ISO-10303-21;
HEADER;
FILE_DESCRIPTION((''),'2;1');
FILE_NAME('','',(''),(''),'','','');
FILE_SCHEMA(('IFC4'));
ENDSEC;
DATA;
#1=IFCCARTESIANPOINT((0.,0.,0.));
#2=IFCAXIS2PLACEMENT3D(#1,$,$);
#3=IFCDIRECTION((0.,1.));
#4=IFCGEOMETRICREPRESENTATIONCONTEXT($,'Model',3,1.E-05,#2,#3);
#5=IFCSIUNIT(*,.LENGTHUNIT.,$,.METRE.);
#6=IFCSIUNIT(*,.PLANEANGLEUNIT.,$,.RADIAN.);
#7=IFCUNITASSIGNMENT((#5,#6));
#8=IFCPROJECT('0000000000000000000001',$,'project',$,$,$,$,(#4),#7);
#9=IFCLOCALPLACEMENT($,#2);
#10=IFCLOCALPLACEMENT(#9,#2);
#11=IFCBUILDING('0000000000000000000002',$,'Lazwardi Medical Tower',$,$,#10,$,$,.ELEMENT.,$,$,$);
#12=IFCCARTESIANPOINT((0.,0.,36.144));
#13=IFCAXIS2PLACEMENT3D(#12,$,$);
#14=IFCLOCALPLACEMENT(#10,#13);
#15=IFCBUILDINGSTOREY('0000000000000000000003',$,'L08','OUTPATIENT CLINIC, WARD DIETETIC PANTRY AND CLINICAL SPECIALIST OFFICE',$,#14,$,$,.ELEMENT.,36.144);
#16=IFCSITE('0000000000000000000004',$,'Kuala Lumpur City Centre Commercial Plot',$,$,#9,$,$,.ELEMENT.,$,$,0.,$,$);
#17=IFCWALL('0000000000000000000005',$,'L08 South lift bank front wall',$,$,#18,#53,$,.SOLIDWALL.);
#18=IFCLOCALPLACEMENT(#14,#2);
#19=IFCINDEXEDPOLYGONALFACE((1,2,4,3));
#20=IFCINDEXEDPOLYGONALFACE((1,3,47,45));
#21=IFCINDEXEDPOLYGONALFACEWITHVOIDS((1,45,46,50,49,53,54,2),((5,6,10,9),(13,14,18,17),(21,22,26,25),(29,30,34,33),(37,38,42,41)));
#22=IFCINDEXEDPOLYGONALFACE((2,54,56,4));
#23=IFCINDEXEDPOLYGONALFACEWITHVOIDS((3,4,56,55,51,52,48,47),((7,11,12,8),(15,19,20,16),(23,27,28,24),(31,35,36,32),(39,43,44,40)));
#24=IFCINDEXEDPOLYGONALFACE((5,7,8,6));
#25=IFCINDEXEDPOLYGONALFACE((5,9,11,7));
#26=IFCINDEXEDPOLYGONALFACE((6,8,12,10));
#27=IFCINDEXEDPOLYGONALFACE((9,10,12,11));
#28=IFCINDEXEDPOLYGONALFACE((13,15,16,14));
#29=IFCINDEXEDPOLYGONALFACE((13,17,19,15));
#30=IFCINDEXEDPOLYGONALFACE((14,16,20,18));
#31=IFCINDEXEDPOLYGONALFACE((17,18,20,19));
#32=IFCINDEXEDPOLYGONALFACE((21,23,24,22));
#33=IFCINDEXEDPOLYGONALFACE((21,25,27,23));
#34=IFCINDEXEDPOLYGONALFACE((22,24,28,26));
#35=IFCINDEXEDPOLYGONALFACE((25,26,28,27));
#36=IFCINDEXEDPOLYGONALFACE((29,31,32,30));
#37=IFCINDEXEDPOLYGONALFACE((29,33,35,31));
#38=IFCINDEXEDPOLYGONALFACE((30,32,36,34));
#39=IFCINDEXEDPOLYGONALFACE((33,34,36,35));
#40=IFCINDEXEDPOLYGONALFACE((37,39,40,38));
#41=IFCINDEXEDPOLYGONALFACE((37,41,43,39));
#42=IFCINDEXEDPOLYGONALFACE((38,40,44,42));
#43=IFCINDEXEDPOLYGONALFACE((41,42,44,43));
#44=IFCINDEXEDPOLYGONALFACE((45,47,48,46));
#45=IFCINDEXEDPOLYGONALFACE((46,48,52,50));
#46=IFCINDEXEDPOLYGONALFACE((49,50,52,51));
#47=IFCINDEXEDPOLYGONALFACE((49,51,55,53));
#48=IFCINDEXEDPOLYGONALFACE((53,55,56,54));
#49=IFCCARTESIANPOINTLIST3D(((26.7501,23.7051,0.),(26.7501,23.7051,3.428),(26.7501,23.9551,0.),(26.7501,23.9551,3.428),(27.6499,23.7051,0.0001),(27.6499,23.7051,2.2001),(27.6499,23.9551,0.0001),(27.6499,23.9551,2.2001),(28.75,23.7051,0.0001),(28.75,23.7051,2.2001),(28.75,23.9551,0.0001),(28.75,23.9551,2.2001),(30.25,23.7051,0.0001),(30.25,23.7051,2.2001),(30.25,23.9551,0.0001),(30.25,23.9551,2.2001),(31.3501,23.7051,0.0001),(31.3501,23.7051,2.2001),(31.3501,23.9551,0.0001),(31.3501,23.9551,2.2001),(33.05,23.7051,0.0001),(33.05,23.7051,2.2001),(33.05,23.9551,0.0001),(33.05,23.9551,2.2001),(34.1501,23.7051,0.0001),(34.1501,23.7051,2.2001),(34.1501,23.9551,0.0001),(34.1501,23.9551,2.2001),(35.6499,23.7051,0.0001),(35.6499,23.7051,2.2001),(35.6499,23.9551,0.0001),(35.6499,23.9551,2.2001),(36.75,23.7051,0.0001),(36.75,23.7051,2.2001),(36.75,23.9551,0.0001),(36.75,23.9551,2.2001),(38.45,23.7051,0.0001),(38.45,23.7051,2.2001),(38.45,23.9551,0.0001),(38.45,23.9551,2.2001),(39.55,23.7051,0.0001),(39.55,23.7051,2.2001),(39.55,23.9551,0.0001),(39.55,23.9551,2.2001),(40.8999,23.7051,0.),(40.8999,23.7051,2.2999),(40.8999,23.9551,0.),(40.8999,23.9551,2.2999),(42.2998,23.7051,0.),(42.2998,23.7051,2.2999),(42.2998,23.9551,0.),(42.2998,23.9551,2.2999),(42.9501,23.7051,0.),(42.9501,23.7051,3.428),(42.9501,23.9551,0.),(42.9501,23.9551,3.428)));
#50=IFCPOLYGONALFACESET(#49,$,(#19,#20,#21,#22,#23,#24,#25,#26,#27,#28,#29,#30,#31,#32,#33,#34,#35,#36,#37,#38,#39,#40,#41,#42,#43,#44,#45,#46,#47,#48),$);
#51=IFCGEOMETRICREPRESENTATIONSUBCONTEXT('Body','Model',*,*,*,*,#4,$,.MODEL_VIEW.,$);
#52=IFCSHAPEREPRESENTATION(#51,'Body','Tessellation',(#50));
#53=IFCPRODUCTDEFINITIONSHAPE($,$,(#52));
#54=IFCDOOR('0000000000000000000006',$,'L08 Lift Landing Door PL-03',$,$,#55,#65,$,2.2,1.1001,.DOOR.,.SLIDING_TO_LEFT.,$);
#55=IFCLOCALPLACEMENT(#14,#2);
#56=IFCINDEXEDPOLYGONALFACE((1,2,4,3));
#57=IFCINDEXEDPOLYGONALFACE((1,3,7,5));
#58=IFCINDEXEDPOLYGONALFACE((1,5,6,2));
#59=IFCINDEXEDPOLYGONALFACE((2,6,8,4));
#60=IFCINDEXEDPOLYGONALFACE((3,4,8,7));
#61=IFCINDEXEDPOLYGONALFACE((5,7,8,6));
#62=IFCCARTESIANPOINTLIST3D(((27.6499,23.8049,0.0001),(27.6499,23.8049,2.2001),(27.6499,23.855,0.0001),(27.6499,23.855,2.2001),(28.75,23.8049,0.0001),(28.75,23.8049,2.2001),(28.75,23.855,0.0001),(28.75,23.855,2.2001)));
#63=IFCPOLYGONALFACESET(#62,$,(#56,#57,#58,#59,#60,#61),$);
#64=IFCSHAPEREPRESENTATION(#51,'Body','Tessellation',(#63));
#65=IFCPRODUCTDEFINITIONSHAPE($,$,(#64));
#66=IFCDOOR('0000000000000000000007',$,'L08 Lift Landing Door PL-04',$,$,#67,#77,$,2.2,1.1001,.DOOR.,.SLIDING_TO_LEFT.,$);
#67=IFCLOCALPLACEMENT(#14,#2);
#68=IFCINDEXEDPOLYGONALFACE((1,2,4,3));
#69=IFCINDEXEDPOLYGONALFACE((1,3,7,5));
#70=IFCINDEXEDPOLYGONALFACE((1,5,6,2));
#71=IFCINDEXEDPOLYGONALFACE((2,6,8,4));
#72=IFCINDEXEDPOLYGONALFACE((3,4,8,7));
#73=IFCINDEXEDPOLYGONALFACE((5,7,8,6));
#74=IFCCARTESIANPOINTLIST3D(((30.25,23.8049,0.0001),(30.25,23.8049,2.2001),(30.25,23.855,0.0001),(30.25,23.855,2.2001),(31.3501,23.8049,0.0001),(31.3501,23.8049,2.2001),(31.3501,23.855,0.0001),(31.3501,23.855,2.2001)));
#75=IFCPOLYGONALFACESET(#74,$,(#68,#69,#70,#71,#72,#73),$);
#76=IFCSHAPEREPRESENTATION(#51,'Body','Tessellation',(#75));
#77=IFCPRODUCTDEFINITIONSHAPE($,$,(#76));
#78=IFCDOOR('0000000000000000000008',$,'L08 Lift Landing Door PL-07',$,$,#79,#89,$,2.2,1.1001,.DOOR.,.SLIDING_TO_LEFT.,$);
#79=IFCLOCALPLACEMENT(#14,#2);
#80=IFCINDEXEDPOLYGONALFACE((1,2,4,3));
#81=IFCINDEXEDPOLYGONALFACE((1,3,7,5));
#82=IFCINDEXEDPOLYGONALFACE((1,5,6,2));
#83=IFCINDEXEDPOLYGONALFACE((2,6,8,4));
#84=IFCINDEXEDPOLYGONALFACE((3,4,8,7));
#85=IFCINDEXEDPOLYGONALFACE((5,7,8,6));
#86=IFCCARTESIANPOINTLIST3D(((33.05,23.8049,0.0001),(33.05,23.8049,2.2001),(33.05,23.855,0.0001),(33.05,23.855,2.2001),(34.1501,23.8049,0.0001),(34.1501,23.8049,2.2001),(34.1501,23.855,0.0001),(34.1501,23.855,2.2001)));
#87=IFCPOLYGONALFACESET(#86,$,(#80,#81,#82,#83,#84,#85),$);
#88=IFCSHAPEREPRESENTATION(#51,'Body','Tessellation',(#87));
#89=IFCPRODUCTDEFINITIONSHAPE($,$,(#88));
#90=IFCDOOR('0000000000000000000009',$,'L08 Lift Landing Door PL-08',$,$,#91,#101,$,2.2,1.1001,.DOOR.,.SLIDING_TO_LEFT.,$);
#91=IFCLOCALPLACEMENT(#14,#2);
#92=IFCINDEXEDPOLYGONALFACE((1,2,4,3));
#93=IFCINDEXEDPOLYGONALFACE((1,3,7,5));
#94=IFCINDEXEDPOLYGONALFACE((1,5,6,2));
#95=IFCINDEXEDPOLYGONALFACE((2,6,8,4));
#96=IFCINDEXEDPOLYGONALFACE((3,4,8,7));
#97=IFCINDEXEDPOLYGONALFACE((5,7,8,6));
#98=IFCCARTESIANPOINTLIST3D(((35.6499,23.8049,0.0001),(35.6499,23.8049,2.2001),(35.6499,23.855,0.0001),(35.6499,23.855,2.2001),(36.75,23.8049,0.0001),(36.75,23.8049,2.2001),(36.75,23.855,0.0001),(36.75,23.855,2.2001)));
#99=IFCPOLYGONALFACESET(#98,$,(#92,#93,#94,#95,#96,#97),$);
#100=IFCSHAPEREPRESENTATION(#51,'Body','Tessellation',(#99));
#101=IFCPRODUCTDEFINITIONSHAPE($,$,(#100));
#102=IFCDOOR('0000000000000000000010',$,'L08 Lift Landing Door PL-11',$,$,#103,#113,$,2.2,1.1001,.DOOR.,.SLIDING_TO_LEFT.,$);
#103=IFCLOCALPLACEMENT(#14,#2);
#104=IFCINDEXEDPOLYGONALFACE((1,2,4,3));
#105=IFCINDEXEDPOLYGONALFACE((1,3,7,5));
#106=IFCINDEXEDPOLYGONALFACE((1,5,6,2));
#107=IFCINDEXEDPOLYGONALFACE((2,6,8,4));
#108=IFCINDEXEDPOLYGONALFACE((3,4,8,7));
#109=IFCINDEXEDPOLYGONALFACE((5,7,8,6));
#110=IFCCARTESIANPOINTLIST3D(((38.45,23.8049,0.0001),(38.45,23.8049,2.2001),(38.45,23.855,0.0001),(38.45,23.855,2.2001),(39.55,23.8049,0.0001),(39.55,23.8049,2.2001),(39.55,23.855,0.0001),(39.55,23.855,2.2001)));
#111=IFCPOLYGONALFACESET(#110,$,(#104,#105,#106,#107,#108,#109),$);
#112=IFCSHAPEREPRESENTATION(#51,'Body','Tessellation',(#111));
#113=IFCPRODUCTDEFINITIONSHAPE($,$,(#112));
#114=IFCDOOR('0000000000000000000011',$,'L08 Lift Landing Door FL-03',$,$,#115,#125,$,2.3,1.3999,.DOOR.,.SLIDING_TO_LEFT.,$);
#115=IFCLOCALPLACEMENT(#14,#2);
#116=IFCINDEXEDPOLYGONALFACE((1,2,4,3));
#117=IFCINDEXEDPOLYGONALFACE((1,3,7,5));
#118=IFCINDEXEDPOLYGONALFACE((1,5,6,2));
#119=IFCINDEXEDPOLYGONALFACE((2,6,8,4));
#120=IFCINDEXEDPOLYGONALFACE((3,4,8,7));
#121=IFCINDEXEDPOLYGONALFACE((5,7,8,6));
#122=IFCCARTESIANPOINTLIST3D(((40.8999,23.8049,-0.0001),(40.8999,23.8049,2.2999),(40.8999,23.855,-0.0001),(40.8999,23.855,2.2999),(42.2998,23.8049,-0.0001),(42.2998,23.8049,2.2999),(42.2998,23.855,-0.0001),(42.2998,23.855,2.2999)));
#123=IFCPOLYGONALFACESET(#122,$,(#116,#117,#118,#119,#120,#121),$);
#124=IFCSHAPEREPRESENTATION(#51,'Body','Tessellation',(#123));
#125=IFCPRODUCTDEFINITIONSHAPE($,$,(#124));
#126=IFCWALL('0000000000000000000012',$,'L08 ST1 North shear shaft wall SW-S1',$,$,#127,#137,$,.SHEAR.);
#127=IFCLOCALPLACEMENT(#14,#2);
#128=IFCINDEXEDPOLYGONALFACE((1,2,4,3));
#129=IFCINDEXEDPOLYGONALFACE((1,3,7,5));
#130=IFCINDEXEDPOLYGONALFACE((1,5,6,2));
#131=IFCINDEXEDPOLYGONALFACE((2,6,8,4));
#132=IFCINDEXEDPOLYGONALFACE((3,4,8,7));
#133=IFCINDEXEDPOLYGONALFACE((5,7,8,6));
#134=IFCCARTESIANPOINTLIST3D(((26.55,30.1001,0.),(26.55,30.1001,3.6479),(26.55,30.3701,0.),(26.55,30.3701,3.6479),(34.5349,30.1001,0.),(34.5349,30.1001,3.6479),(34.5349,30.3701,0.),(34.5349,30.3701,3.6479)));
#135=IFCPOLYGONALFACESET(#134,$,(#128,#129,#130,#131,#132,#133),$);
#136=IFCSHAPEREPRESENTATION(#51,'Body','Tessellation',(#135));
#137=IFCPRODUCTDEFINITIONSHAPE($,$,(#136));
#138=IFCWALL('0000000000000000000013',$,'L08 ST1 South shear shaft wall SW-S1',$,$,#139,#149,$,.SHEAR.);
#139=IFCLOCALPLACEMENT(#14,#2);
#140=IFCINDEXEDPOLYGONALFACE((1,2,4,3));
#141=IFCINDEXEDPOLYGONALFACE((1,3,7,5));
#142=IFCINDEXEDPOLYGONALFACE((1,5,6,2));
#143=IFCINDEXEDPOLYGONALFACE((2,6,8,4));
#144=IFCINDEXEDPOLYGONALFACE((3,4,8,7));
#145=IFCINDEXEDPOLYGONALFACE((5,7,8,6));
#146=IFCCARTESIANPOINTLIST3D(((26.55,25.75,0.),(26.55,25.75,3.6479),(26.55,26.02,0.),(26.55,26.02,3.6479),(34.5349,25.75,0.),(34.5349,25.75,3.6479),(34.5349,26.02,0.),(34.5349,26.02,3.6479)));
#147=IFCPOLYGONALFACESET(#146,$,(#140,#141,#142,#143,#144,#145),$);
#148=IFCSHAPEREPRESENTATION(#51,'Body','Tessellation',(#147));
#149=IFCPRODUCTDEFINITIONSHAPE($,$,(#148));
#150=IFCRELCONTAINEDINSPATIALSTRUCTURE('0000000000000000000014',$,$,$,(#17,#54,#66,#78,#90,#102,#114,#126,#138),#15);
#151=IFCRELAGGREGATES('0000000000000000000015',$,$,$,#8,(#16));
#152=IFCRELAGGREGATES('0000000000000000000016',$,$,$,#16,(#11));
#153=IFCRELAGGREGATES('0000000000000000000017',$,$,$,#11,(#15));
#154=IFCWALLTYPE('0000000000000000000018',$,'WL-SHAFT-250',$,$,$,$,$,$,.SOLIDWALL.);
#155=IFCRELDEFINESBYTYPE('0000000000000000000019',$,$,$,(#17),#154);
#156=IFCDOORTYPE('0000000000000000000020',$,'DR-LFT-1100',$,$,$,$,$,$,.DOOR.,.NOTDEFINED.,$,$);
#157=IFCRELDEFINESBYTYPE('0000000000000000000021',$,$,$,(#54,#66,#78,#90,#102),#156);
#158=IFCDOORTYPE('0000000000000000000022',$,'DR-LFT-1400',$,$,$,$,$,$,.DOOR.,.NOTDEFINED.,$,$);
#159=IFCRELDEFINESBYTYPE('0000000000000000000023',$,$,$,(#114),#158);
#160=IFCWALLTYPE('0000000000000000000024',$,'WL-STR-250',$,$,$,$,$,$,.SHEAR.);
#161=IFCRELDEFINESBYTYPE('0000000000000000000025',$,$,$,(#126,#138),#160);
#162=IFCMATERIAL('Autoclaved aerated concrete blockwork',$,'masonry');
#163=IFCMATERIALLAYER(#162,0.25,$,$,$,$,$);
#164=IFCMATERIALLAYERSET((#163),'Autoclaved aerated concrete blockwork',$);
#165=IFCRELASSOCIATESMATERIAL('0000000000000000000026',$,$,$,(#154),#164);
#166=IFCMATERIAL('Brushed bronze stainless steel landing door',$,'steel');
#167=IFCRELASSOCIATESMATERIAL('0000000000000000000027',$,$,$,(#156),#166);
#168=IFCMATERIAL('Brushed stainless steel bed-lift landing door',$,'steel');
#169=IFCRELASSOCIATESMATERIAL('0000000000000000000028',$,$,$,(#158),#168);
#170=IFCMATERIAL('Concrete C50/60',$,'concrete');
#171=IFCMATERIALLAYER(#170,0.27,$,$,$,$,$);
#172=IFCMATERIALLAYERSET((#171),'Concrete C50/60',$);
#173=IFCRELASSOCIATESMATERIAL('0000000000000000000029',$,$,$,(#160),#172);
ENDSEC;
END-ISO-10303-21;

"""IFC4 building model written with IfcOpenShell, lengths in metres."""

from ifc_helpers import new_model, si_unit, direction, frame, frame_2d, origin, place, context, subcontext, project, spatial, rectangle, extrude, material, layer, layer_set, type_object, element, fill, save


model = new_model("IFC4")

# Units and contexts
model_context = context("Model", 3, precision=1e-05, world=origin(), true_north=direction((0.0, 1.0)))
body_context = subcontext(model_context, "Body", "Model", "MODEL_VIEW")
ifc_project = project(units=[si_unit("LENGTHUNIT", "METRE"), si_unit("PLANEANGLEUNIT", "RADIAN")], contexts=[model_context])

# Site, building, storey
site_placement = place(None, origin())
site = spatial("IfcSite", under=ifc_project, at=site_placement, Name="Kuala Lumpur City Centre Commercial Plot", CompositionType="ELEMENT", RefElevation=0.0)
building_placement = place(site_placement, origin())
building = spatial("IfcBuilding", under=site, at=building_placement, Name="Lazwardi Medical Tower", CompositionType="ELEMENT")
storey_placement = place(building_placement, frame((0.0, 0.0, 36.144)))
storey = spatial("IfcBuildingStorey", under=building, at=storey_placement, Name="L08", Description="OUTPATIENT CLINIC, WARD DIETETIC PANTRY AND CLINICAL SPECIALIST OFFICE", CompositionType="ELEMENT", Elevation=36.144)

# Wall, openings, doors
ifc_material_1 = material(Name="Autoclaved aerated concrete blockwork", Category="masonry")
ifc_layer_1 = layer(ifc_material_1, 0.25)
ifc_layer_set_1 = layer_set([ifc_layer_1], Name="Autoclaved aerated concrete blockwork")
wall_type_1 = type_object("IfcWallType", Name="WL-SHAFT-250", PredefinedType="SOLIDWALL", material=ifc_layer_set_1)
wall_1_placement = place(storey_placement, frame((26.75, 23.8301, 0.0), z_axis=(0.0, 0.0, 1.0), x_axis=(1.0, 0.0, 0.0)))
wall_1 = element("IfcWall", 1, at=wall_1_placement, inside=storey, type_object=wall_type_1, Name="L08 South lift bank front wall", PredefinedType="SOLIDWALL", context=body_context, shape_type="SweptSolid", body=[
    extrude(rectangle(XDim=16.2, YDim=0.25, at=frame_2d((8.1001, 0.0))), origin(), (0.0, 0.0, 1.0), 3.428),
])
opening_1_placement = place(wall_1_placement, frame((0.8999, 0.0, 0.0)))
opening_1 = element("IfcOpeningElement", 2, at=opening_1_placement, cuts=wall_1, PredefinedType="OPENING", context=body_context, shape_type="SweptSolid", body=[
    extrude(rectangle(XDim=1.1001, YDim=2.2, at=frame_2d((0.55, 1.1001))), frame((0.0, 0.135, 0.0), z_axis=(0.0, -1.0, 0.0), x_axis=(1.0, 0.0, 0.0)), (0.0, 0.0, 1.0), 0.27),
])
opening_2_placement = place(wall_1_placement, frame((3.5, 0.0, 0.0)))
opening_2 = element("IfcOpeningElement", 3, at=opening_2_placement, cuts=wall_1, PredefinedType="OPENING", context=body_context, shape_type="SweptSolid", body=[
    extrude(rectangle(XDim=1.1001, YDim=2.2, at=frame_2d((0.55, 1.1001))), frame((0.0, 0.135, 0.0), z_axis=(0.0, -1.0, 0.0), x_axis=(1.0, 0.0, 0.0)), (0.0, 0.0, 1.0), 0.27),
])
opening_3_placement = place(wall_1_placement, frame((6.3, 0.0, 0.0)))
opening_3 = element("IfcOpeningElement", 4, at=opening_3_placement, cuts=wall_1, PredefinedType="OPENING", context=body_context, shape_type="SweptSolid", body=[
    extrude(rectangle(XDim=1.1001, YDim=2.2, at=frame_2d((0.55, 1.1001))), frame((0.0, 0.135, 0.0), z_axis=(0.0, -1.0, 0.0), x_axis=(1.0, 0.0, 0.0)), (0.0, 0.0, 1.0), 0.27),
])
opening_4_placement = place(wall_1_placement, frame((8.8999, 0.0, 0.0)))
opening_4 = element("IfcOpeningElement", 5, at=opening_4_placement, cuts=wall_1, PredefinedType="OPENING", context=body_context, shape_type="SweptSolid", body=[
    extrude(rectangle(XDim=1.1001, YDim=2.2, at=frame_2d((0.55, 1.1001))), frame((0.0, 0.135, 0.0), z_axis=(0.0, -1.0, 0.0), x_axis=(1.0, 0.0, 0.0)), (0.0, 0.0, 1.0), 0.27),
])
opening_5_placement = place(wall_1_placement, frame((11.7, 0.0, 0.0)))
opening_5 = element("IfcOpeningElement", 6, at=opening_5_placement, cuts=wall_1, PredefinedType="OPENING", context=body_context, shape_type="SweptSolid", body=[
    extrude(rectangle(XDim=1.1001, YDim=2.2, at=frame_2d((0.55, 1.1001))), frame((0.0, 0.135, 0.0), z_axis=(0.0, -1.0, 0.0), x_axis=(1.0, 0.0, 0.0)), (0.0, 0.0, 1.0), 0.27),
])
opening_6_placement = place(wall_1_placement, frame((14.1499, 0.0, 0.0)))
opening_6 = element("IfcOpeningElement", 7, at=opening_6_placement, cuts=wall_1, PredefinedType="OPENING", context=body_context, shape_type="SweptSolid", body=[
    extrude(rectangle(XDim=1.3999, YDim=2.3, at=frame_2d((0.7, 1.1499))), frame((0.0, 0.135, 0.0), z_axis=(0.0, -1.0, 0.0), x_axis=(1.0, 0.0, 0.0)), (0.0, 0.0, 1.0), 0.27),
])
ifc_material_2 = material(Name="Brushed bronze stainless steel landing door", Category="steel")
door_type_1 = type_object("IfcDoorType", Name="DR-LFT-1100", OperationType="NOTDEFINED", PredefinedType="DOOR", material=ifc_material_2)
door_1_placement = place(opening_1_placement, origin())
door_1 = element("IfcDoor", 8, at=door_1_placement, inside=storey, type_object=door_type_1, Name="L08 Lift Landing Door PL-03", OperationType="SLIDING_TO_LEFT", OverallHeight=2.2, OverallWidth=1.1001, PredefinedType="DOOR", context=body_context, shape_type="SweptSolid", body=[
    extrude(rectangle(XDim=1.1001, YDim=2.2, at=frame_2d((0.55, 1.1001))), frame((0.0, 0.0249, 0.0), z_axis=(0.0, -1.0, 0.0), x_axis=(1.0, 0.0, 0.0)), (0.0, 0.0, 1.0), 0.05),
])
fill(opening_1, door_1)
door_2_placement = place(opening_2_placement, origin())
door_2 = element("IfcDoor", 9, at=door_2_placement, inside=storey, type_object=door_type_1, Name="L08 Lift Landing Door PL-04", OperationType="SLIDING_TO_LEFT", OverallHeight=2.2, OverallWidth=1.1001, PredefinedType="DOOR", context=body_context, shape_type="SweptSolid", body=[
    extrude(rectangle(XDim=1.1001, YDim=2.2, at=frame_2d((0.55, 1.1001))), frame((0.0, 0.0249, 0.0), z_axis=(0.0, -1.0, 0.0), x_axis=(1.0, 0.0, 0.0)), (0.0, 0.0, 1.0), 0.05),
])
fill(opening_2, door_2)
door_3_placement = place(opening_3_placement, origin())
door_3 = element("IfcDoor", 10, at=door_3_placement, inside=storey, type_object=door_type_1, Name="L08 Lift Landing Door PL-07", OperationType="SLIDING_TO_LEFT", OverallHeight=2.2, OverallWidth=1.1001, PredefinedType="DOOR", context=body_context, shape_type="SweptSolid", body=[
    extrude(rectangle(XDim=1.1001, YDim=2.2, at=frame_2d((0.55, 1.1001))), frame((0.0, 0.0249, 0.0), z_axis=(0.0, -1.0, 0.0), x_axis=(1.0, 0.0, 0.0)), (0.0, 0.0, 1.0), 0.05),
])
fill(opening_3, door_3)
door_4_placement = place(opening_4_placement, origin())
door_4 = element("IfcDoor", 11, at=door_4_placement, inside=storey, type_object=door_type_1, Name="L08 Lift Landing Door PL-08", OperationType="SLIDING_TO_LEFT", OverallHeight=2.2, OverallWidth=1.1001, PredefinedType="DOOR", context=body_context, shape_type="SweptSolid", body=[
    extrude(rectangle(XDim=1.1001, YDim=2.2, at=frame_2d((0.55, 1.1001))), frame((0.0, 0.0249, 0.0), z_axis=(0.0, -1.0, 0.0), x_axis=(1.0, 0.0, 0.0)), (0.0, 0.0, 1.0), 0.05),
])
fill(opening_4, door_4)
door_5_placement = place(opening_5_placement, origin())
door_5 = element("IfcDoor", 12, at=door_5_placement, inside=storey, type_object=door_type_1, Name="L08 Lift Landing Door PL-11", OperationType="SLIDING_TO_LEFT", OverallHeight=2.2, OverallWidth=1.1001, PredefinedType="DOOR", context=body_context, shape_type="SweptSolid", body=[
    extrude(rectangle(XDim=1.1001, YDim=2.2, at=frame_2d((0.55, 1.1001))), frame((0.0, 0.0249, 0.0), z_axis=(0.0, -1.0, 0.0), x_axis=(1.0, 0.0, 0.0)), (0.0, 0.0, 1.0), 0.05),
])
fill(opening_5, door_5)
ifc_material_3 = material(Name="Brushed stainless steel bed-lift landing door", Category="steel")
door_type_2 = type_object("IfcDoorType", Name="DR-LFT-1400", OperationType="NOTDEFINED", PredefinedType="DOOR", material=ifc_material_3)
door_6_placement = place(opening_6_placement, origin())
door_6 = element("IfcDoor", 13, at=door_6_placement, inside=storey, type_object=door_type_2, Name="L08 Lift Landing Door FL-03", OperationType="SLIDING_TO_LEFT", OverallHeight=2.3, OverallWidth=1.3999, PredefinedType="DOOR", context=body_context, shape_type="SweptSolid", body=[
    extrude(rectangle(XDim=1.3999, YDim=2.3, at=frame_2d((0.7, 1.1499))), frame((0.0, 0.0249, 0.0), z_axis=(0.0, -1.0, 0.0), x_axis=(1.0, 0.0, 0.0)), (0.0, 0.0, 1.0), 0.05),
])
fill(opening_6, door_6)

# Walls
ifc_material_4 = material(Name="Concrete C50/60", Category="concrete")
ifc_layer_2 = layer(ifc_material_4, 0.27)
ifc_layer_set_2 = layer_set([ifc_layer_2], Name="Concrete C50/60")
wall_type_2 = type_object("IfcWallType", Name="WL-STR-250", PredefinedType="SHEAR", material=ifc_layer_set_2)
for number, where, z_axis, x_axis, name in (
    (14, (26.55, 30.2351, 0.0), (0.0, 0.0, 1.0), (1.0, 0.0, 0.0), "L08 ST1 North shear shaft wall SW-S1"),
    (15, (26.55, 25.885, 0.0), (0.0, 0.0, 1.0), (1.0, 0.0, 0.0), "L08 ST1 South shear shaft wall SW-S1"),
):
    element("IfcWall", number, at=place(storey_placement, frame(where, z_axis=z_axis, x_axis=x_axis)), inside=storey, type_object=wall_type_2, Name=name, PredefinedType="SHEAR", context=body_context, shape_type="SweptSolid", body=[
        extrude(rectangle(XDim=7.9849, YDim=0.27, at=frame_2d((3.9924, 0.0))), origin(), (0.0, 0.0, 1.0), 3.6479),
    ])

save(model, "model.ifc")
